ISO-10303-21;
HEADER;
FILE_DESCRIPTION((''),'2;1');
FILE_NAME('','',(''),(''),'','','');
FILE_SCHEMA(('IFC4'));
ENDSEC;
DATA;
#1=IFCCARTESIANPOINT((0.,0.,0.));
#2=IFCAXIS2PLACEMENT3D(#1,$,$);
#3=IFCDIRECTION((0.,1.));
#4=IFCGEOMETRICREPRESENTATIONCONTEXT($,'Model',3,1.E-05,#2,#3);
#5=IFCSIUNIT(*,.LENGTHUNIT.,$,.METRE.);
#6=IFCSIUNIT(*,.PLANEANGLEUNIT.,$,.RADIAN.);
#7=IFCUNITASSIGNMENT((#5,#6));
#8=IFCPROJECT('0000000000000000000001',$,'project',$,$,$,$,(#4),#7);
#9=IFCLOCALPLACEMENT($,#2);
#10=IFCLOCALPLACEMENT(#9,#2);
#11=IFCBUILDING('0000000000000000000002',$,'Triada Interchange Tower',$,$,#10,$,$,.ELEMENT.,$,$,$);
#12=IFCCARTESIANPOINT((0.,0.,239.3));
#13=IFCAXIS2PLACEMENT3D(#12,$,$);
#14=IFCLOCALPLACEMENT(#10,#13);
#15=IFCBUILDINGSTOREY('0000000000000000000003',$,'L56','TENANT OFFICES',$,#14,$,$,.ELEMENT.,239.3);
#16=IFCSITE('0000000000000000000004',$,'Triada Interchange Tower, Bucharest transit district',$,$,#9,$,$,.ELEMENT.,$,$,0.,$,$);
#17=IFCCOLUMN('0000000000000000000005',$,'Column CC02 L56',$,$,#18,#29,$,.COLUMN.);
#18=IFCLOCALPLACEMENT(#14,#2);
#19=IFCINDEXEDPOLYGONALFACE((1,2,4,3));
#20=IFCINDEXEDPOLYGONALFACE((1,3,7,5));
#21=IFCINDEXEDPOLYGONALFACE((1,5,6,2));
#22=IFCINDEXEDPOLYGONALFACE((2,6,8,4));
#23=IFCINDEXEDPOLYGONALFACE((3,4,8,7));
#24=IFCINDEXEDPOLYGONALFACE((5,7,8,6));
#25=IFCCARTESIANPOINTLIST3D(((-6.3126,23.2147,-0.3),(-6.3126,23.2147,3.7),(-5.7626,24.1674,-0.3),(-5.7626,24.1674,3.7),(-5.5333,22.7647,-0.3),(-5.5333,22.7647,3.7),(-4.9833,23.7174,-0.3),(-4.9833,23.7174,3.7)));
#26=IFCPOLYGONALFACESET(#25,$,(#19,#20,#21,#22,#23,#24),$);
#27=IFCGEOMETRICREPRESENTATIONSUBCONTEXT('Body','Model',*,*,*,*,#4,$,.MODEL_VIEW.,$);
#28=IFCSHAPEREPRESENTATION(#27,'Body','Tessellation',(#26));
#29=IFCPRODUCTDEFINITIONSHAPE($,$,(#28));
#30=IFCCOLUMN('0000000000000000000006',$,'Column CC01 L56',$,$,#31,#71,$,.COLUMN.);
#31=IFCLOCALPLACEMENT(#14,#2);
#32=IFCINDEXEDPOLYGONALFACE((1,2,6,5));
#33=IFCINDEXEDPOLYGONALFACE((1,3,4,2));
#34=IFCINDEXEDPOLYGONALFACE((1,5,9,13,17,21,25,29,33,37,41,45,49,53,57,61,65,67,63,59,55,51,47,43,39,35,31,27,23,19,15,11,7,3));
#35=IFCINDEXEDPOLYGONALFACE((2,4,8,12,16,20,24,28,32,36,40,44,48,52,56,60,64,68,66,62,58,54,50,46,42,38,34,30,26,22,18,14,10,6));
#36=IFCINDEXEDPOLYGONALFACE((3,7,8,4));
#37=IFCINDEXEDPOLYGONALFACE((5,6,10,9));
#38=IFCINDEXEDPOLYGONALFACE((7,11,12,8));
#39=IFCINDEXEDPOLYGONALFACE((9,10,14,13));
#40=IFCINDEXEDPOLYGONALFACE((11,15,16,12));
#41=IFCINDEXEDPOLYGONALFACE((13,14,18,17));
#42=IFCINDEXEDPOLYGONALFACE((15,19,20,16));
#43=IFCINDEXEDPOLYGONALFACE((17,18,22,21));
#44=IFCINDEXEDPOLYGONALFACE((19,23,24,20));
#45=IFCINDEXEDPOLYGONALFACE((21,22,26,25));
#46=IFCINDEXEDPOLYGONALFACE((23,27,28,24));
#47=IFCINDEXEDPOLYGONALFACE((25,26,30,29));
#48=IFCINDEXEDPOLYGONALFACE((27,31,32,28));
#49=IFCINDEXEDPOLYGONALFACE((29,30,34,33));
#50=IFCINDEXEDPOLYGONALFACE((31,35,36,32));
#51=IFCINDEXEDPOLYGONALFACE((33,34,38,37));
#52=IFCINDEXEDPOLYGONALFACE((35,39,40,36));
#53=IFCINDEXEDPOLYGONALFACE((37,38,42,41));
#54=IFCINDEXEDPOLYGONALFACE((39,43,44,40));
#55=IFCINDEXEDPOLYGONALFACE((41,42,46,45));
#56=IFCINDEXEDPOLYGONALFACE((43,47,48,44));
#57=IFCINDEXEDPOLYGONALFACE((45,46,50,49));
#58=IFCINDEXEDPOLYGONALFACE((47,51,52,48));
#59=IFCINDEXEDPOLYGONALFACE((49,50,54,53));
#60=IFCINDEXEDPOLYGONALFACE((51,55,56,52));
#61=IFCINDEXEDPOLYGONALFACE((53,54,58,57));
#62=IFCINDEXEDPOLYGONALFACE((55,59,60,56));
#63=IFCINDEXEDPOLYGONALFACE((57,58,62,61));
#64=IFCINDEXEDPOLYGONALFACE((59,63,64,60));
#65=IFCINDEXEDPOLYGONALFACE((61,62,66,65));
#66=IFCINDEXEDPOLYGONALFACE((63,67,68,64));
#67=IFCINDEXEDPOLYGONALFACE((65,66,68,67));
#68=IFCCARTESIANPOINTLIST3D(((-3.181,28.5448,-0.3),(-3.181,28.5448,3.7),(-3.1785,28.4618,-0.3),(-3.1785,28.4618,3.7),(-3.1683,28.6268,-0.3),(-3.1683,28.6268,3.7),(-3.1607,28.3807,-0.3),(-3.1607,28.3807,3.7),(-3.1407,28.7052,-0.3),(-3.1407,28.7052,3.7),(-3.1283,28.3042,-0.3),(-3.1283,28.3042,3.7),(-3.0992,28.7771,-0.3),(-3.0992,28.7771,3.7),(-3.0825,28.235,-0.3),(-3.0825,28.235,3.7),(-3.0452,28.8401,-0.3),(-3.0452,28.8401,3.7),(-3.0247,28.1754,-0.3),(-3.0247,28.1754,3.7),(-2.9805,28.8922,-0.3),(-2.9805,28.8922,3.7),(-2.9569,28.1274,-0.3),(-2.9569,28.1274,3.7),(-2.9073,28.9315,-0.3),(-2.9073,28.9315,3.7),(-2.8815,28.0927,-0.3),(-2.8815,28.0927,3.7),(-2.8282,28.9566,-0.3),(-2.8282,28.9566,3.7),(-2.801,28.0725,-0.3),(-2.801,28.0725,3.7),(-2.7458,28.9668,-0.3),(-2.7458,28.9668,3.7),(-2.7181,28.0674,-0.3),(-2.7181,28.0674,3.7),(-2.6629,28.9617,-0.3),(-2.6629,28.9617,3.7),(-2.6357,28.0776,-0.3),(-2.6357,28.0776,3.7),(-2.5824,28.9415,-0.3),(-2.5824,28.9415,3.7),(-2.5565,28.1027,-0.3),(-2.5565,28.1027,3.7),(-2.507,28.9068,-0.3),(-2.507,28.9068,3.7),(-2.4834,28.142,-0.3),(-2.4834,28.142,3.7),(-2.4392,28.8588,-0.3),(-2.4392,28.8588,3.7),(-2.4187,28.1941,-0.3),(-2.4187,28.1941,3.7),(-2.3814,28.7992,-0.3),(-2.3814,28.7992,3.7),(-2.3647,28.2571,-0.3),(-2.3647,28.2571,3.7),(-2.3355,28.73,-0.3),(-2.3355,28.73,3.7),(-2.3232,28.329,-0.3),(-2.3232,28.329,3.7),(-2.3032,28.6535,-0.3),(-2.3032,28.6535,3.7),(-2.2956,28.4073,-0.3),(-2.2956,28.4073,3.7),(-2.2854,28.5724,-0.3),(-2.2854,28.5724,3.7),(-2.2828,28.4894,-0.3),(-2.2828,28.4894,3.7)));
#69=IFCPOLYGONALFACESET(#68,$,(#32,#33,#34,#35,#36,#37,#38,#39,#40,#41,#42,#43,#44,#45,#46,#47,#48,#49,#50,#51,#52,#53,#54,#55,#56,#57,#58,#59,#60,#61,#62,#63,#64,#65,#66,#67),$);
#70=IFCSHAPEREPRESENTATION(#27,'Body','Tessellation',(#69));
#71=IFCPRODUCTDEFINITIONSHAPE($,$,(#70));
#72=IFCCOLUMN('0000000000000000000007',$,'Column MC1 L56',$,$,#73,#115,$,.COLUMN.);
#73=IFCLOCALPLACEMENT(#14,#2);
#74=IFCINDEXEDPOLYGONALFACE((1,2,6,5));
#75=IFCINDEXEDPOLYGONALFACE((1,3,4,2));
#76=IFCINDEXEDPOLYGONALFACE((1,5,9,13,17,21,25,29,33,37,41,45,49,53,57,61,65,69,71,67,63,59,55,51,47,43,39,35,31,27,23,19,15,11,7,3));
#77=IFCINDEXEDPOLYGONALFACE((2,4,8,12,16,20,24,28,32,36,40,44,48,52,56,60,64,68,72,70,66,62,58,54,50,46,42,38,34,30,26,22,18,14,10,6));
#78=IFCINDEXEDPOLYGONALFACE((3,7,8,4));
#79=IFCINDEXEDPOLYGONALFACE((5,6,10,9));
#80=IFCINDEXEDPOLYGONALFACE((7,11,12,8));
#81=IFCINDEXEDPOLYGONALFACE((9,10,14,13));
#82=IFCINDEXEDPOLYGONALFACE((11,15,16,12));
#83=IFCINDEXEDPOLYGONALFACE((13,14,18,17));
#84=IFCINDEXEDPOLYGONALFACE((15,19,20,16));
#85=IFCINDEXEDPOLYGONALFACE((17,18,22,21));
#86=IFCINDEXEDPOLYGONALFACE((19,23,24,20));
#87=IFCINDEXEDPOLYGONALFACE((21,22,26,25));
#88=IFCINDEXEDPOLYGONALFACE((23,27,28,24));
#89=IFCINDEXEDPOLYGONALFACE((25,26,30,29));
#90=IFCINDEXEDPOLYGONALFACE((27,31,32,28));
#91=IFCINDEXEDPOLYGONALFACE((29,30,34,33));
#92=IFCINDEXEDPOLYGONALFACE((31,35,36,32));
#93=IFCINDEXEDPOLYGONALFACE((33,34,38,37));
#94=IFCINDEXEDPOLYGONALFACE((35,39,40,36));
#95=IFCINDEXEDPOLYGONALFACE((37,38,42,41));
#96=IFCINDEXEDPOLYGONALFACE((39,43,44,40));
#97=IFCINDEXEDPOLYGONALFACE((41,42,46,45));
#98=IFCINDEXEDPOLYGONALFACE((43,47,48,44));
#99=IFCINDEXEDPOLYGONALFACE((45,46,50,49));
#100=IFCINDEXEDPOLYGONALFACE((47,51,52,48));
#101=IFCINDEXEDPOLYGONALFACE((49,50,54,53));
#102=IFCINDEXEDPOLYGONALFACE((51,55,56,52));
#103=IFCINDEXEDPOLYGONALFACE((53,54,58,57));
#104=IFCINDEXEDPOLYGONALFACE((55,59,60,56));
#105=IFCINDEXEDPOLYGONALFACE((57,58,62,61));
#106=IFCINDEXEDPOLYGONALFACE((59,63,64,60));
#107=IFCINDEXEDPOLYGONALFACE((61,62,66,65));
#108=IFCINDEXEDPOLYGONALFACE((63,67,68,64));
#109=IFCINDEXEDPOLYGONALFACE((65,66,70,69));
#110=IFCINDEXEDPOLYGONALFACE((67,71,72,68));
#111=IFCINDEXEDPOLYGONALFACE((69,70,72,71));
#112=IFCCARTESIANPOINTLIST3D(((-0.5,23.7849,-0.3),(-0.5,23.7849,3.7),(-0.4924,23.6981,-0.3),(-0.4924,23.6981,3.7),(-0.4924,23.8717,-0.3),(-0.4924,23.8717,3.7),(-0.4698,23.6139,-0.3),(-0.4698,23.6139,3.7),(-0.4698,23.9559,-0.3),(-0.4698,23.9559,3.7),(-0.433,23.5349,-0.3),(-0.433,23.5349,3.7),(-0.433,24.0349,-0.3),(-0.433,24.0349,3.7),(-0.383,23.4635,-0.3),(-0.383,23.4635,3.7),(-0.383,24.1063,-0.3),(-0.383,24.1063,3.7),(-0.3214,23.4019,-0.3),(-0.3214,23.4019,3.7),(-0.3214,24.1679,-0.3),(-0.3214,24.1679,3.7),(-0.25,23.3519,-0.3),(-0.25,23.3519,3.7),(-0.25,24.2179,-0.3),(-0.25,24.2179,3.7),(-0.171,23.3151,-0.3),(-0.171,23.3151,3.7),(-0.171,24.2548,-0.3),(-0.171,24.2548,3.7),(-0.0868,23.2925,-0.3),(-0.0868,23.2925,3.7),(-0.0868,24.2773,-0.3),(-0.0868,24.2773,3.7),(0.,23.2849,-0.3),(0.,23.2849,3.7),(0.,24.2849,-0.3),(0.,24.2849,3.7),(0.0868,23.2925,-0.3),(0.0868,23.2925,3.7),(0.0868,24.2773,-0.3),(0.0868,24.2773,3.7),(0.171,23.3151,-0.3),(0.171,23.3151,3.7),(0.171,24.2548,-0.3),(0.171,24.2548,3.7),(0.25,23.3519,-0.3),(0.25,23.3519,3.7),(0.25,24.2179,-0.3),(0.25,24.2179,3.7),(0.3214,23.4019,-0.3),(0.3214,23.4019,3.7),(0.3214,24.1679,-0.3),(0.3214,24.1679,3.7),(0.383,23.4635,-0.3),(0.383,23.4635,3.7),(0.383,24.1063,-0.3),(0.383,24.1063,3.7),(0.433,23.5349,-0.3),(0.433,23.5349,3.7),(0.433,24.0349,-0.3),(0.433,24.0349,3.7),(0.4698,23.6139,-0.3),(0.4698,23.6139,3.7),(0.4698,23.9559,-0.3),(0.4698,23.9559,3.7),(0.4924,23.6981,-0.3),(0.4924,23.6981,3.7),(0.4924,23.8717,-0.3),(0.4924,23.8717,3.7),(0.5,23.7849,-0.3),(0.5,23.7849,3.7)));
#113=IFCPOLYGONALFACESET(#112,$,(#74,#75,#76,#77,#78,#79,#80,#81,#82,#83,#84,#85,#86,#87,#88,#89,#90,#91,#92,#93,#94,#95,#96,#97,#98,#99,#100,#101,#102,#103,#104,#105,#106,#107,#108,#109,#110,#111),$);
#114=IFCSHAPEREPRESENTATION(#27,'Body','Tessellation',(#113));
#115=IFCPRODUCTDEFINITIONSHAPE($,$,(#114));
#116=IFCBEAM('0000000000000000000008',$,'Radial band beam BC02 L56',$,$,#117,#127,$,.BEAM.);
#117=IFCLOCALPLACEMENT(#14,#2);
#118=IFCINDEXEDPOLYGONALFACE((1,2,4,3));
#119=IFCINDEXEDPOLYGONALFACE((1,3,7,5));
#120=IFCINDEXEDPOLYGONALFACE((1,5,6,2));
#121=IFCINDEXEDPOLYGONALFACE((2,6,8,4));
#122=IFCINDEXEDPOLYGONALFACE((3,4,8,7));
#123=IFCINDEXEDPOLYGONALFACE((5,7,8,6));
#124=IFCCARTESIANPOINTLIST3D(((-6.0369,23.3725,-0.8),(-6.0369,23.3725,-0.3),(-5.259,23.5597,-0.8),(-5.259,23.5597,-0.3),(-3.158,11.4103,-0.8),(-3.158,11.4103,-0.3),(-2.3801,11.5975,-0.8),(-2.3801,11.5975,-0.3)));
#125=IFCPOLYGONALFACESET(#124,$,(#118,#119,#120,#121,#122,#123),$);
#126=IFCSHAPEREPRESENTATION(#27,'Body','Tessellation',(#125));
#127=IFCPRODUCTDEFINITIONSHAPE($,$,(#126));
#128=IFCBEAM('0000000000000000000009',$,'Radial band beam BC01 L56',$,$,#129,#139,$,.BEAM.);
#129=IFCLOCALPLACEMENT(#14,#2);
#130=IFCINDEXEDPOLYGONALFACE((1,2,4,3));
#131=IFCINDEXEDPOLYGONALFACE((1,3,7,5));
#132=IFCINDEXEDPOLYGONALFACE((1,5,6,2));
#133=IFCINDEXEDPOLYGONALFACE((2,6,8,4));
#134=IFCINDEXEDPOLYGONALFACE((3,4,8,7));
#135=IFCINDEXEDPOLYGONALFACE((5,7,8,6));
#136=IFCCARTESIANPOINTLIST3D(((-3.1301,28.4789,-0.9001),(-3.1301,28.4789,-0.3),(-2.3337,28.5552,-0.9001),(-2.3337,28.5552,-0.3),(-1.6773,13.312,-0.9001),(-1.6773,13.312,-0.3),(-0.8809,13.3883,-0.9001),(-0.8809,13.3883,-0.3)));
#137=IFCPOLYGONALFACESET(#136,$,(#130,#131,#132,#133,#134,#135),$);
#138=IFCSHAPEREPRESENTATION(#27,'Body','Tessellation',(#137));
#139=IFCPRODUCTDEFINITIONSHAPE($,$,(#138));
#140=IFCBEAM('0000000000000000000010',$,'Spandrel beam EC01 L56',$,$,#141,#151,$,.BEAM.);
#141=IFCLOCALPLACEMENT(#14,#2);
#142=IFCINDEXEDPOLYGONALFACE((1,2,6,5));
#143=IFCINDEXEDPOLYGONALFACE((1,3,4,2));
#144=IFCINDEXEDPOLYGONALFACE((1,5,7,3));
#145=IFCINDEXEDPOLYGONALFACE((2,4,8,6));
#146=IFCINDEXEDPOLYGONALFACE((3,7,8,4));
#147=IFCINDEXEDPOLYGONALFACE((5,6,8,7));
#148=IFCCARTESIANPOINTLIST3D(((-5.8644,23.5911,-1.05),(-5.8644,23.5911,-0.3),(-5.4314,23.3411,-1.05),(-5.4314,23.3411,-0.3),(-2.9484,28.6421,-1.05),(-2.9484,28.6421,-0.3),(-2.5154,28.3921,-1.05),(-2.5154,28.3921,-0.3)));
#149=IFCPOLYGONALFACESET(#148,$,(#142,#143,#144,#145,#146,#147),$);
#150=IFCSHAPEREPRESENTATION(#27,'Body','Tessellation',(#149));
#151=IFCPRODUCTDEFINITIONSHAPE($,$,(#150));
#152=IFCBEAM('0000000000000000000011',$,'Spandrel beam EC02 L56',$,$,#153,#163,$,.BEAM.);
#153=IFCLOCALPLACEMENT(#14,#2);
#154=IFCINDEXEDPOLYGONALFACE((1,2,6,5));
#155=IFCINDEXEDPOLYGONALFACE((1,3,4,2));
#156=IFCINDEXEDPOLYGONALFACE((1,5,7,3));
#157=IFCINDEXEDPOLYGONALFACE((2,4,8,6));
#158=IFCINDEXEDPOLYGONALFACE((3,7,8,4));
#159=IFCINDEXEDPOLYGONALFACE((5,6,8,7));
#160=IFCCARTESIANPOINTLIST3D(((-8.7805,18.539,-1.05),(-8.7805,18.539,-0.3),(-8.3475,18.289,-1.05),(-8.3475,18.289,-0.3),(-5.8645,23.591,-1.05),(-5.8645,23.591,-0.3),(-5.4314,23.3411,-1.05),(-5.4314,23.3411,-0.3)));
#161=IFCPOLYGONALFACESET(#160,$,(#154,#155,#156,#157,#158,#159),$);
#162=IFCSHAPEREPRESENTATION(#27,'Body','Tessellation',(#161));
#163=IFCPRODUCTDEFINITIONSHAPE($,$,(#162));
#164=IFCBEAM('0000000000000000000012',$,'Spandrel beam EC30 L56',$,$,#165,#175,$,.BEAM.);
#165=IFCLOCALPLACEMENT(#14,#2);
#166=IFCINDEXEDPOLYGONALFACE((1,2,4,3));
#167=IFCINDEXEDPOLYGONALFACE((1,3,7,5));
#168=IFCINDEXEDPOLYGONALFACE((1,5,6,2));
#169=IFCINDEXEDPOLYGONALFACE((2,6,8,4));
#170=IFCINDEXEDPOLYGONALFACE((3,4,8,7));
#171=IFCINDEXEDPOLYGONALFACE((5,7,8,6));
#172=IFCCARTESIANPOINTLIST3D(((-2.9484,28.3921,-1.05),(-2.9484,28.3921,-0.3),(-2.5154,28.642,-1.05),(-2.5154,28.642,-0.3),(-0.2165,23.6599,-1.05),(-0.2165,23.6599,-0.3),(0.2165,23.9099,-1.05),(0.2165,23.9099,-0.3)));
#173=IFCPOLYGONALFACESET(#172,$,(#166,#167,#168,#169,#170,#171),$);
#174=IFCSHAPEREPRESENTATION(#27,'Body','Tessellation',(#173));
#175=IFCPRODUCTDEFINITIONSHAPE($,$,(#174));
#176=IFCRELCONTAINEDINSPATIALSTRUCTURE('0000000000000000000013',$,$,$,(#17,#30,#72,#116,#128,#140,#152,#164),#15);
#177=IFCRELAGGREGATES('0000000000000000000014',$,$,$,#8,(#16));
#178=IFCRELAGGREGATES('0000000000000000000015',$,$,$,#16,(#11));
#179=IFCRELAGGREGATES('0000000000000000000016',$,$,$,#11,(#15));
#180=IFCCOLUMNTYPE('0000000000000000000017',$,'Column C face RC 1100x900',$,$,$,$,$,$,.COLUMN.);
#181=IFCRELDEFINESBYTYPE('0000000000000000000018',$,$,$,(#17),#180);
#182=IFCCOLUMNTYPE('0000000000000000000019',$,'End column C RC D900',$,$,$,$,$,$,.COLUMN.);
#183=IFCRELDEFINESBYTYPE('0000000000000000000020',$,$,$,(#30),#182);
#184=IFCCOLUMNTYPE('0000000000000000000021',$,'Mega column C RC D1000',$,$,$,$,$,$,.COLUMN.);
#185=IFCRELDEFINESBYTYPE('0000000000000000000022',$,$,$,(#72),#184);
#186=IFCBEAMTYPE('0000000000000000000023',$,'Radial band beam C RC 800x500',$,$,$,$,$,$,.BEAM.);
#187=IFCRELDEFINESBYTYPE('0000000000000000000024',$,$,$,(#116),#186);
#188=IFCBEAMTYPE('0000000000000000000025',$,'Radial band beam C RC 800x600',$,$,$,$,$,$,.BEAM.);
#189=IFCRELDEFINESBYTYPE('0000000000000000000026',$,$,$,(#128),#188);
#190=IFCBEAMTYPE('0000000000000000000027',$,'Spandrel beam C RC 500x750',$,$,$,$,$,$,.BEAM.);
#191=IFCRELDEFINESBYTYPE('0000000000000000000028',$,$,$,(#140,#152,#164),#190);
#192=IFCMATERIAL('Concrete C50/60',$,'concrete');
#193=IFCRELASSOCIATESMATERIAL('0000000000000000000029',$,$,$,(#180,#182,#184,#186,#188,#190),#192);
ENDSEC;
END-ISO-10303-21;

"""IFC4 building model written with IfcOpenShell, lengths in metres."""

from ifc_helpers import new_model, si_unit, direction, frame, origin, origin_2d, place, context, subcontext, project, spatial, rectangle, circle, extrude, material, material_profile, profile_set, type_object, element, save


model = new_model("IFC4")

# Units and contexts
model_context = context("Model", 3, precision=1e-05, world=origin(), true_north=direction((0.0, 1.0)))
body_context = subcontext(model_context, "Body", "Model", "MODEL_VIEW")
ifc_project = project(units=[si_unit("LENGTHUNIT", "METRE"), si_unit("PLANEANGLEUNIT", "RADIAN")], contexts=[model_context])

# Site, building, storey
site_placement = place(None, origin())
site = spatial("IfcSite", under=ifc_project, at=site_placement, Name="Triada Interchange Tower, Bucharest transit district", CompositionType="ELEMENT", RefElevation=0.0)
building_placement = place(site_placement, origin())
building = spatial("IfcBuilding", under=site, at=building_placement, Name="Triada Interchange Tower", CompositionType="ELEMENT")
storey_placement = place(building_placement, frame((0.0, 0.0, 239.3)))
storey = spatial("IfcBuildingStorey", under=building, at=storey_placement, Name="L56", Description="TENANT OFFICES", CompositionType="ELEMENT", Elevation=239.3)

# Columns
ifc_material_1 = material(Name="Concrete C50/60", Category="concrete")
ifc_material_profile_1 = material_profile(ifc_material_1, rectangle(XDim=1.1001, YDim=0.8999, at=origin_2d()), Name="RC 1100x900")
ifc_profile_set_1 = profile_set([ifc_material_profile_1], Name="Concrete C50/60")
column_type_1 = type_object("IfcColumnType", Name="Column C face RC 1100x900", PredefinedType="COLUMN", material=ifc_profile_set_1)
column_1_placement = place(storey_placement, frame((-5.6479, 23.4661, -0.3), z_axis=(0.0, 0.0, 1.0), x_axis=(0.5, 0.866025, 0.0)))
element("IfcColumn", 1, at=column_1_placement, inside=storey, type_object=column_type_1, Name="Column CC02 L56", PredefinedType="COLUMN", context=body_context, shape_type="SweptSolid", body=[
    extrude(rectangle(XDim=1.1001, YDim=0.8999, at=origin_2d()), origin(), (0.0, 0.0, 1.0), 4.0),
])
ifc_material_profile_2 = material_profile(ifc_material_1, circle(Radius=0.45, at=origin_2d()), Name="RC D900")
ifc_profile_set_2 = profile_set([ifc_material_profile_2], Name="Concrete C50/60")
column_type_2 = type_object("IfcColumnType", Name="End column C RC D900", PredefinedType="COLUMN", material=ifc_profile_set_2)
column_2_placement = place(storey_placement, frame((-2.7319, 28.5171, -0.3), z_axis=(0.0, 0.0, 1.0), x_axis=(0.5, 0.866025, 0.0)))
element("IfcColumn", 2, at=column_2_placement, inside=storey, type_object=column_type_2, Name="Column CC01 L56", PredefinedType="COLUMN", context=body_context, shape_type="SweptSolid", body=[
    extrude(circle(Radius=0.45, at=origin_2d()), origin(), (0.0, 0.0, 1.0), 4.0),
])
ifc_material_profile_3 = material_profile(ifc_material_1, circle(Radius=0.5, at=origin_2d()), Name="RC D1000")
ifc_profile_set_3 = profile_set([ifc_material_profile_3], Name="Concrete C50/60")
column_type_3 = type_object("IfcColumnType", Name="Mega column C RC D1000", PredefinedType="COLUMN", material=ifc_profile_set_3)
column_3_placement = place(storey_placement, frame((0.0, 23.7849, -0.3), z_axis=(0.0, 0.0, 1.0), x_axis=(1.0, 0.0, 0.0)))
element("IfcColumn", 3, at=column_3_placement, inside=storey, type_object=column_type_3, Name="Column MC1 L56", PredefinedType="COLUMN", context=body_context, shape_type="SweptSolid", body=[
    extrude(circle(Radius=0.5, at=origin_2d()), origin(), (0.0, 0.0, 1.0), 4.0),
])

# Beams
ifc_material_profile_4 = material_profile(ifc_material_1, rectangle(XDim=0.8, YDim=0.5, at=origin_2d()), Name="RC 800x500")
ifc_profile_set_4 = profile_set([ifc_material_profile_4], Name="Concrete C50/60")
beam_type_1 = type_object("IfcBeamType", Name="Radial band beam C RC 800x500", PredefinedType="BEAM", material=ifc_profile_set_4)
beam_1_placement = place(storey_placement, frame((-5.6479, 23.4661, -0.55), z_axis=(0.233987, -0.97224, 0.0), x_axis=(0.97224, 0.233987, 0.0)))
element("IfcBeam", 4, at=beam_1_placement, inside=storey, type_object=beam_type_1, Name="Radial band beam BC02 L56", PredefinedType="BEAM", context=body_context, shape_type="SweptSolid", body=[
    extrude(rectangle(XDim=0.8, YDim=0.5, at=origin_2d()), origin(), (0.0, 0.0, 1.0), 12.3037),
])
ifc_material_profile_5 = material_profile(ifc_material_1, rectangle(XDim=0.8, YDim=0.6001, at=origin_2d()), Name="RC 800x600")
ifc_profile_set_5 = profile_set([ifc_material_profile_5], Name="Concrete C50/60")
beam_type_2 = type_object("IfcBeamType", Name="Radial band beam C RC 800x600", PredefinedType="BEAM", material=ifc_profile_set_5)
beam_2_placement = place(storey_placement, frame((-2.7319, 28.5171, -0.6001), z_axis=(0.095356, -0.995443, 0.0), x_axis=(0.995443, 0.095356, 0.0)))
element("IfcBeam", 5, at=beam_2_placement, inside=storey, type_object=beam_type_2, Name="Radial band beam BC01 L56", PredefinedType="BEAM", context=body_context, shape_type="SweptSolid", body=[
    extrude(rectangle(XDim=0.8, YDim=0.6001, at=origin_2d()), origin(), (0.0, 0.0, 1.0), 15.2363),
])
ifc_material_profile_6 = material_profile(ifc_material_1, rectangle(XDim=0.5, YDim=0.75, at=origin_2d()), Name="RC 500x750")
ifc_profile_set_6 = profile_set([ifc_material_profile_6], Name="Concrete C50/60")
beam_type_3 = type_object("IfcBeamType", Name="Spandrel beam C RC 500x750", PredefinedType="BEAM", material=ifc_profile_set_6)
beam_3_placement = place(storey_placement, frame((-2.7319, 28.5171, -0.675), z_axis=(-0.499975, -0.86604, 0.0), x_axis=(0.86604, -0.499975, 0.0)))
element("IfcBeam", 6, at=beam_3_placement, inside=storey, type_object=beam_type_3, Name="Spandrel beam EC01 L56", PredefinedType="BEAM", context=body_context, shape_type="SweptSolid", body=[
    extrude(rectangle(XDim=0.5, YDim=0.75, at=origin_2d()), origin(), (0.0, 0.0, 1.0), 5.8323),
])
beam_4_placement = place(storey_placement, frame((-5.6479, 23.4661, -0.675), z_axis=(-0.499902, -0.866082, 0.0), x_axis=(0.866082, -0.499902, 0.0)))
element("IfcBeam", 7, at=beam_4_placement, inside=storey, type_object=beam_type_3, Name="Spandrel beam EC02 L56", PredefinedType="BEAM", context=body_context, shape_type="SweptSolid", body=[
    extrude(rectangle(XDim=0.5, YDim=0.75, at=origin_2d()), origin(), (0.0, 0.0, 1.0), 5.8333),
])
beam_5_placement = place(storey_placement, frame((0.0, 23.7849, -0.675), z_axis=(-0.499974, 0.86604, 0.0), x_axis=(-0.86604, -0.499974, 0.0)))
element("IfcBeam", 8, at=beam_5_placement, inside=storey, type_object=beam_type_3, Name="Spandrel beam EC30 L56", PredefinedType="BEAM", context=body_context, shape_type="SweptSolid", body=[
    extrude(rectangle(XDim=0.5, YDim=0.75, at=origin_2d()), origin(), (0.0, 0.0, 1.0), 5.4641),
])

save(model, "model.ifc")
